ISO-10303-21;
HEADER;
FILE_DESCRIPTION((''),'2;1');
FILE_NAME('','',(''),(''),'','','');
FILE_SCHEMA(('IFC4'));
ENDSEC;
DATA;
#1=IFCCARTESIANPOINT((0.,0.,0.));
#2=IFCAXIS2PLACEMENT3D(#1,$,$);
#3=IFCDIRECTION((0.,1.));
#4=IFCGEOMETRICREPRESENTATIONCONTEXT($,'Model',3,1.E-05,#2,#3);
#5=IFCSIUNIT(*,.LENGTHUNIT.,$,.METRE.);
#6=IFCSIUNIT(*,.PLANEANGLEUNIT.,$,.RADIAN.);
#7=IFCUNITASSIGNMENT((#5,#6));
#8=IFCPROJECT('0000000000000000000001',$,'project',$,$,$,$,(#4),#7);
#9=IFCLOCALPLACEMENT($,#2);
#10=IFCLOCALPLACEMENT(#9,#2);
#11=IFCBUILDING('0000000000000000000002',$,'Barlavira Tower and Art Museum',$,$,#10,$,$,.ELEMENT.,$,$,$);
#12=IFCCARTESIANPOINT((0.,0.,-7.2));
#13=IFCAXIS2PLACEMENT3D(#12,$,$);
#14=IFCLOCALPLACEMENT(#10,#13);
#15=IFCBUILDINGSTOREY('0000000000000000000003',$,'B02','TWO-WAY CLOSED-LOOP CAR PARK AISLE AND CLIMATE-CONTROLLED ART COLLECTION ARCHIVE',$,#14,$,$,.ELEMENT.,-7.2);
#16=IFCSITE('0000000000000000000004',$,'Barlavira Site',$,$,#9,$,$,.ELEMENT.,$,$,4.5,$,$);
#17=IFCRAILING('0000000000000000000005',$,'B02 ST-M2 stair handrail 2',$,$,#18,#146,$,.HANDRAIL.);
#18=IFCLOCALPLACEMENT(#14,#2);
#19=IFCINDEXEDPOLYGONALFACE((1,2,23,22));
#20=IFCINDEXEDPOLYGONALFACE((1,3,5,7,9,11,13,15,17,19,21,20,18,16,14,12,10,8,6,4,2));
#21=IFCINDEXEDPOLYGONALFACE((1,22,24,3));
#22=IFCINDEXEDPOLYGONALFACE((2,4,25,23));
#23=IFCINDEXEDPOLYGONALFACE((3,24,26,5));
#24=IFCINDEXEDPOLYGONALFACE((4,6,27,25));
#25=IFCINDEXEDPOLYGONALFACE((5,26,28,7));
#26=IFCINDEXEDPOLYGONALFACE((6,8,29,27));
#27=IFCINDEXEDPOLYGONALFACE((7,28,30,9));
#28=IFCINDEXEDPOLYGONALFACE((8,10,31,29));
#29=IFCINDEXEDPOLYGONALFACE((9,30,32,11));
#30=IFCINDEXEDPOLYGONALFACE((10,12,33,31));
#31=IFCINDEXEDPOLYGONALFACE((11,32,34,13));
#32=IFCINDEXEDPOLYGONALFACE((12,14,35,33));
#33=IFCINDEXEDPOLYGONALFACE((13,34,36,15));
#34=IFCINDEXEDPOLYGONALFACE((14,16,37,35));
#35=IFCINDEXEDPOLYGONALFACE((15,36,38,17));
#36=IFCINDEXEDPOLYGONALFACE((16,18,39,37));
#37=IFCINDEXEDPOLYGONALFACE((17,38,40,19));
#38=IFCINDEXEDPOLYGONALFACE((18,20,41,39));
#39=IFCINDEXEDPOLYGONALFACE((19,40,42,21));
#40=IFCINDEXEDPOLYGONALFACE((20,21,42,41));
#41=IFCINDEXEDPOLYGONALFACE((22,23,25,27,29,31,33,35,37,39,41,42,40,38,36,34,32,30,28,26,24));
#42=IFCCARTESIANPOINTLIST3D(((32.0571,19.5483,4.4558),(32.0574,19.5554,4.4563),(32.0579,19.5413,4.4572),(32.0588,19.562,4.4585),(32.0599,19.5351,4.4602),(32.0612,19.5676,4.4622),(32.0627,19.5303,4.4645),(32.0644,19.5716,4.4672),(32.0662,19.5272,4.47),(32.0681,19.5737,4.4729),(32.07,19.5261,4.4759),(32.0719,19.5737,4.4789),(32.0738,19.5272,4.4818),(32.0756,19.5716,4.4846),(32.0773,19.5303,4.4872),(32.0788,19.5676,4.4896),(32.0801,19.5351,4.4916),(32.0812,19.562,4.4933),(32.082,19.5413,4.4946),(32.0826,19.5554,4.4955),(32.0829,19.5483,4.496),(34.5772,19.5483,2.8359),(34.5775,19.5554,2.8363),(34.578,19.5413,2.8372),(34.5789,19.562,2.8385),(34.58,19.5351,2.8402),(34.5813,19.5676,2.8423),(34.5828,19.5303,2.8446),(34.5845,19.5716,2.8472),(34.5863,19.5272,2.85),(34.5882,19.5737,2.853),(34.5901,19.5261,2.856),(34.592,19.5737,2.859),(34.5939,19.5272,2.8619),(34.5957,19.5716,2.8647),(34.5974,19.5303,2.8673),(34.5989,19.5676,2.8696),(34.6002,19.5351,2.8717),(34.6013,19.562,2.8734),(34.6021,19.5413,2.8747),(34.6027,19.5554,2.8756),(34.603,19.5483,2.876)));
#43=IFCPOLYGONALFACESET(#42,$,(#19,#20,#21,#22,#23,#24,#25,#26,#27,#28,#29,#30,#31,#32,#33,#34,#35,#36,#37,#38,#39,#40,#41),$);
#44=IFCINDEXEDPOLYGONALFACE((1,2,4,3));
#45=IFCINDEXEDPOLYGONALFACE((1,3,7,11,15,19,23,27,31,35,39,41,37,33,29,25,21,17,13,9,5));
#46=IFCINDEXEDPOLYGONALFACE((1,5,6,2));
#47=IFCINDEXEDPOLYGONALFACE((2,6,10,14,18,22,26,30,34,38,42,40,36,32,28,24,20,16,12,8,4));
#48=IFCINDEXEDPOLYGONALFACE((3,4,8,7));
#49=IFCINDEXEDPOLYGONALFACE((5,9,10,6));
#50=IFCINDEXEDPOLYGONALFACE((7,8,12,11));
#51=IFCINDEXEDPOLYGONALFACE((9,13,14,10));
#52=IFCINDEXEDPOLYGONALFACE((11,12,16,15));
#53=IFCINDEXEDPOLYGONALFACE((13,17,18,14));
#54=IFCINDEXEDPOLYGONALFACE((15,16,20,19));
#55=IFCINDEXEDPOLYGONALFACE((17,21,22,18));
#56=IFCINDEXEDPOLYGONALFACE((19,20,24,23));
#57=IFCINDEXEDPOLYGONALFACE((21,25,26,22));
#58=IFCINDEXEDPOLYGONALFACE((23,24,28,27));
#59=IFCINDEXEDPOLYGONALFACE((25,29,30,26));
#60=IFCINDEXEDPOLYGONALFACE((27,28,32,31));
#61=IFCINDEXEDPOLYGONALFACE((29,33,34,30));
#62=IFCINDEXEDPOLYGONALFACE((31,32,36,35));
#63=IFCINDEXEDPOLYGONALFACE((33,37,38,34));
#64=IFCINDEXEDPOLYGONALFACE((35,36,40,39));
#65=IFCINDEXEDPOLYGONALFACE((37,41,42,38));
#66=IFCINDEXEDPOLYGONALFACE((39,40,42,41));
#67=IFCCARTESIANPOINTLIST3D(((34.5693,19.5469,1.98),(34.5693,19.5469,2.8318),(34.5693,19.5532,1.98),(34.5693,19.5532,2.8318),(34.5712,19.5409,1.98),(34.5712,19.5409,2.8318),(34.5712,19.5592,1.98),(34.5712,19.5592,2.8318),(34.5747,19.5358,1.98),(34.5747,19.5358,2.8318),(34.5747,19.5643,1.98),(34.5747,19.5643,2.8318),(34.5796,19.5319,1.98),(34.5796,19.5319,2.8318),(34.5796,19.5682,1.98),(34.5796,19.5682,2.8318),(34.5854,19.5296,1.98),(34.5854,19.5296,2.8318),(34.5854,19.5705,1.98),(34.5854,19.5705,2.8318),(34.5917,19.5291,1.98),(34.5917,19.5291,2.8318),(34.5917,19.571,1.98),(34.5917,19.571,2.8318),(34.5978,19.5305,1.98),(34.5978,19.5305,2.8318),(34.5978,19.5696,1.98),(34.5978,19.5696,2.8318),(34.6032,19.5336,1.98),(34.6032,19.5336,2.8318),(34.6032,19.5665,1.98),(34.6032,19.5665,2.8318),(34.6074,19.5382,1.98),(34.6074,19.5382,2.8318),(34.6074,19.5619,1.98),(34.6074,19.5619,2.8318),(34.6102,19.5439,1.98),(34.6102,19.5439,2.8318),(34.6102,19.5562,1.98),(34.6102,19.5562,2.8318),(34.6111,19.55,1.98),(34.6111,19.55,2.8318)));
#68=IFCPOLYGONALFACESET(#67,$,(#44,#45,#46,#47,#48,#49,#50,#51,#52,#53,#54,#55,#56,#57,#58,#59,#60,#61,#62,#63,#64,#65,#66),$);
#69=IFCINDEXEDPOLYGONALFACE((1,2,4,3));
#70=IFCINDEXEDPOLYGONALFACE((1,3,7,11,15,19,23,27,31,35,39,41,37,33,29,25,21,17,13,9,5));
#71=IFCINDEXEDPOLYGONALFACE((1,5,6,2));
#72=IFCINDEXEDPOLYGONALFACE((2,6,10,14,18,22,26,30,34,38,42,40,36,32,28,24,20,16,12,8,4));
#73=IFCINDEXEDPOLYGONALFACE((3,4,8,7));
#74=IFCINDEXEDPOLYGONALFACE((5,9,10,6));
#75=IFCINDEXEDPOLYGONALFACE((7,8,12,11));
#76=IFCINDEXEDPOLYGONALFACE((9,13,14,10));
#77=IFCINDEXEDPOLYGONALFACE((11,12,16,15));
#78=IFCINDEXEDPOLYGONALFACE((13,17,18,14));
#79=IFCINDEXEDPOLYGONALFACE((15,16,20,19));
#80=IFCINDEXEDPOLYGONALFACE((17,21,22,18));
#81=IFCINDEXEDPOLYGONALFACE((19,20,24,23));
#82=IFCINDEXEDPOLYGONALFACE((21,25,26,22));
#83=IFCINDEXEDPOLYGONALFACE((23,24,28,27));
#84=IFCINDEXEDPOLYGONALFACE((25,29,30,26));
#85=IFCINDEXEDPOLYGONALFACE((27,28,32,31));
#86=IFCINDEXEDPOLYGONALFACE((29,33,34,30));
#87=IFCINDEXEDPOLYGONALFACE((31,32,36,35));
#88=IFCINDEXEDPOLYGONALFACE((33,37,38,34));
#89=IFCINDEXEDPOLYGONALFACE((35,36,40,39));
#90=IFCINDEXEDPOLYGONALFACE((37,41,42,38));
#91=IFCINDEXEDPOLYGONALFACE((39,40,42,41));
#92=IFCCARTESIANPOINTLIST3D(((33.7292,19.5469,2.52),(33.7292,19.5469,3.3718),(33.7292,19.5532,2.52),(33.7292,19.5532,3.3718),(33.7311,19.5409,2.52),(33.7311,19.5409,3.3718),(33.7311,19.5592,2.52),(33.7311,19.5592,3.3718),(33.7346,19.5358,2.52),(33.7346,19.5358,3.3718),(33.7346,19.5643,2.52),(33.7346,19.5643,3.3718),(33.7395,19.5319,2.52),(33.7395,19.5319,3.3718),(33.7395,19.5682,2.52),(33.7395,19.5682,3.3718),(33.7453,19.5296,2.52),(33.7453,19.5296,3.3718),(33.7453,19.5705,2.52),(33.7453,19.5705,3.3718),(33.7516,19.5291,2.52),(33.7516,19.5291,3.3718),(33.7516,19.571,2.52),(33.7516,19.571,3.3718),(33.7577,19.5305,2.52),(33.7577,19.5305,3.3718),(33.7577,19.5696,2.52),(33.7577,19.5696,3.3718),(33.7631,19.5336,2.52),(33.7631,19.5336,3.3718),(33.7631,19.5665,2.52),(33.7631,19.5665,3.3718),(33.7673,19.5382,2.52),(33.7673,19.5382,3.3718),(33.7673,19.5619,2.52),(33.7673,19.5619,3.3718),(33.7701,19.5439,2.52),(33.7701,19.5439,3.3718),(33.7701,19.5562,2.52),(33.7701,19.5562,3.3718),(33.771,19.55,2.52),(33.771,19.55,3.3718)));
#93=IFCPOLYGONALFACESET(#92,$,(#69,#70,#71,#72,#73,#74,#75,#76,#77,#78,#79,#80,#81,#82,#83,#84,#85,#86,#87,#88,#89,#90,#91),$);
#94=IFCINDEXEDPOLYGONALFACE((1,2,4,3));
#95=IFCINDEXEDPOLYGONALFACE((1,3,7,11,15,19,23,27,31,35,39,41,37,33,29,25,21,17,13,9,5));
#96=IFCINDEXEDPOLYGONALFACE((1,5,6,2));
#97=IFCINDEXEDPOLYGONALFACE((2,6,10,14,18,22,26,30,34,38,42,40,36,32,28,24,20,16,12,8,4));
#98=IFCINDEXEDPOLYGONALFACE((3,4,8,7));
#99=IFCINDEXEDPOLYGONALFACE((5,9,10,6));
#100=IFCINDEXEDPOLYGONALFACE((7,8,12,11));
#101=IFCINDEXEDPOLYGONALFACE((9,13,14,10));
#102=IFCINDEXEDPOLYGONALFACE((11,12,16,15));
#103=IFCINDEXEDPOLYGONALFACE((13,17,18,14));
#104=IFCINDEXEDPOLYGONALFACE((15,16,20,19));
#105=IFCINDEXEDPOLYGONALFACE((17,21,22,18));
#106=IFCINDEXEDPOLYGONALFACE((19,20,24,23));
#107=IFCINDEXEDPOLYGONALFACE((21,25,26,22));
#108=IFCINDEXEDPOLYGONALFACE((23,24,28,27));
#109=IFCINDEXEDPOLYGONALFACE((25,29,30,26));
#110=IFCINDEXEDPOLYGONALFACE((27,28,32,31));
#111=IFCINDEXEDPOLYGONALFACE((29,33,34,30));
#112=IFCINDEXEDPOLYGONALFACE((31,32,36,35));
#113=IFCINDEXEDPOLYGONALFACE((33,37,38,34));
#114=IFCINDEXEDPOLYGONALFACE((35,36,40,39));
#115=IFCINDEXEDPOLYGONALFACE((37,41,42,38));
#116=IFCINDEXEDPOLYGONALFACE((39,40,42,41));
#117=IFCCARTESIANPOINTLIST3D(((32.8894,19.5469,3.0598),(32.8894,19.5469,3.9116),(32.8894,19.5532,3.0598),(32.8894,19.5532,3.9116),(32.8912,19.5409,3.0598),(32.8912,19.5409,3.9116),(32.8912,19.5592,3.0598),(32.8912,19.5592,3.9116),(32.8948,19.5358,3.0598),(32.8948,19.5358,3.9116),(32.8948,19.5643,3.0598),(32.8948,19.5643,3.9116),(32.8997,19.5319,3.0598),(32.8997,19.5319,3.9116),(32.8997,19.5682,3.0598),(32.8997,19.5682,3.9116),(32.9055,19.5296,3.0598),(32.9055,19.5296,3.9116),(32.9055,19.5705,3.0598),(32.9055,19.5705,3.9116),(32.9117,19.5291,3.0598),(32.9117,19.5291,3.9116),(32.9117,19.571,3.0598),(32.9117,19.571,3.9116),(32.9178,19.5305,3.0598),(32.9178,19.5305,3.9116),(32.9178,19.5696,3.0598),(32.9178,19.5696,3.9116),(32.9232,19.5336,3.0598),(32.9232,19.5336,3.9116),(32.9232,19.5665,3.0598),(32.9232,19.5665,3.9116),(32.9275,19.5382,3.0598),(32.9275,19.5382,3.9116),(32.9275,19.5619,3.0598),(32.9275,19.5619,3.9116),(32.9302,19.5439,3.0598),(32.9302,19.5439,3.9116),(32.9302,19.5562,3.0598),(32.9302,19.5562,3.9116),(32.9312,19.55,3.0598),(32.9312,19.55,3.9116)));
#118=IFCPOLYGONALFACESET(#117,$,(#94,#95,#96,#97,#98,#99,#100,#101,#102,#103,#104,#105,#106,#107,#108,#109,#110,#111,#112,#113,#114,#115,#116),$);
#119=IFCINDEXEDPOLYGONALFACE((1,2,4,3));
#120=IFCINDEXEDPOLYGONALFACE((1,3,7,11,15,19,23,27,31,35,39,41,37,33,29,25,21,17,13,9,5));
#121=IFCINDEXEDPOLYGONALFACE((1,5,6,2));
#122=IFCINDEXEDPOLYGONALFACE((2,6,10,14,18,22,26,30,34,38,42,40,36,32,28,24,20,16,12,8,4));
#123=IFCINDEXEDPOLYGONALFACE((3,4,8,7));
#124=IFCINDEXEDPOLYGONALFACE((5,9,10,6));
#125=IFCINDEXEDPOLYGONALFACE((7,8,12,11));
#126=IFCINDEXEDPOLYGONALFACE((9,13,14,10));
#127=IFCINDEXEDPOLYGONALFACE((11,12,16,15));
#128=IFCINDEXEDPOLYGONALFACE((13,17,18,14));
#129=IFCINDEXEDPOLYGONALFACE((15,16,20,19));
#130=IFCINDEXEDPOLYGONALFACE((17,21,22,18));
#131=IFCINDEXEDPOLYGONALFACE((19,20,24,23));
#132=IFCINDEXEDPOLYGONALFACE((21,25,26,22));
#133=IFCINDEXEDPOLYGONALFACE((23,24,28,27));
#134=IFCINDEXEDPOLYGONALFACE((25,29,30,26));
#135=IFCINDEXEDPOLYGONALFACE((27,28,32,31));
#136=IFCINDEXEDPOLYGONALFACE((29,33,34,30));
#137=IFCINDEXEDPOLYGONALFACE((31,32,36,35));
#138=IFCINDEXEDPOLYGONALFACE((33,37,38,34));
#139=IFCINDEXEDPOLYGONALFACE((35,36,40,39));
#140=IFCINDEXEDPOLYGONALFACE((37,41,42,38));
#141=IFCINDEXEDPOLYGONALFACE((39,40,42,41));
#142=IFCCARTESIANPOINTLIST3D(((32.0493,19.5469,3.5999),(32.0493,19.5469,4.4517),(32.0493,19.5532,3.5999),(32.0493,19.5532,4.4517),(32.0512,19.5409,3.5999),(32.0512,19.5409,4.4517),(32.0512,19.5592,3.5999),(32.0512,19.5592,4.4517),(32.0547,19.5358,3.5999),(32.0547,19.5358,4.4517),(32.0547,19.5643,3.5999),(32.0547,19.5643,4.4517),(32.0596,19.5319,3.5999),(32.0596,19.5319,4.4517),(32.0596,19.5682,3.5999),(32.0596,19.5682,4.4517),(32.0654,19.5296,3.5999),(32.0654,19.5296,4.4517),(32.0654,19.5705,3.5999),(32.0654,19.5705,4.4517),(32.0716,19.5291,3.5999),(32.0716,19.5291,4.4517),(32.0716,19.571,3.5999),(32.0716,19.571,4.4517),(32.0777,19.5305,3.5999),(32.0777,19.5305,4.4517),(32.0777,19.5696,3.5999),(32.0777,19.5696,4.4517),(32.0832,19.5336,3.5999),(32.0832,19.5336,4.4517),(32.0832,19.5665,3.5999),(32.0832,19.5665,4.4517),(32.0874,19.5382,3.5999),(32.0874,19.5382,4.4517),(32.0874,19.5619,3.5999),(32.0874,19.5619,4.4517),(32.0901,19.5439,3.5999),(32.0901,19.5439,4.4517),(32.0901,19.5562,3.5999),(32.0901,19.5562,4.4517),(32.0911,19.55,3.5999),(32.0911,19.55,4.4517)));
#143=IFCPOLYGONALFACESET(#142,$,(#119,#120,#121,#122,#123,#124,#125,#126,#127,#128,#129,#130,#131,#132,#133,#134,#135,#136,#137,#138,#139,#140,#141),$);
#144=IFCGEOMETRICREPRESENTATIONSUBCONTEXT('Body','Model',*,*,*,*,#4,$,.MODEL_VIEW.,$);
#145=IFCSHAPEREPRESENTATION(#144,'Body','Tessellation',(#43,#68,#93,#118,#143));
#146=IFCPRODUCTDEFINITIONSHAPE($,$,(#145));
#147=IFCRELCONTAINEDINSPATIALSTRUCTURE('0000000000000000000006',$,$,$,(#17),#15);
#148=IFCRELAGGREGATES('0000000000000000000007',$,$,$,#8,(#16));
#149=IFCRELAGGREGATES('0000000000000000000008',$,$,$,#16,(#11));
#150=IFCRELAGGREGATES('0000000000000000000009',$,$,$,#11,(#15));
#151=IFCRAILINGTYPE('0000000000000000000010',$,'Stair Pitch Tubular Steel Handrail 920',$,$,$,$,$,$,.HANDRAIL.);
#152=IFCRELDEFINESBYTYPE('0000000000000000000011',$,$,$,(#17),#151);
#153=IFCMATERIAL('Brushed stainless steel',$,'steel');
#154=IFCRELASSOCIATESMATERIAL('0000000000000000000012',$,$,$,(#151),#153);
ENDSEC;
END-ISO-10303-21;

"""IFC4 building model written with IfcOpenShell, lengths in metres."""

from ifc_helpers import new_model, si_unit, direction, frame, origin, origin_2d, place, context, subcontext, project, spatial, circle, extrude, material, type_object, element, save


model = new_model("IFC4")

# Units and contexts
model_context = context("Model", 3, precision=1e-05, world=origin(), true_north=direction((0.0, 1.0)))
body_context = subcontext(model_context, "Body", "Model", "MODEL_VIEW")
ifc_project = project(units=[si_unit("LENGTHUNIT", "METRE"), si_unit("PLANEANGLEUNIT", "RADIAN")], contexts=[model_context])

# Site, building, storey
site_placement = place(None, origin())
site = spatial("IfcSite", under=ifc_project, at=site_placement, Name="Barlavira Site", CompositionType="ELEMENT", RefElevation=4.5)
building_placement = place(site_placement, origin())
building = spatial("IfcBuilding", under=site, at=building_placement, Name="Barlavira Tower and Art Museum", CompositionType="ELEMENT")
storey_placement = place(building_placement, frame((0.0, 0.0, -7.2)))
storey = spatial("IfcBuildingStorey", under=building, at=storey_placement, Name="B02", Description="TWO-WAY CLOSED-LOOP CAR PARK AISLE AND CLIMATE-CONTROLLED ART COLLECTION ARCHIVE", CompositionType="ELEMENT", Elevation=-7.2)

# Shared definitions
ifc_material_1 = material(Name="Brushed stainless steel", Category="steel")

# Railing
railing_type_1 = type_object("IfcRailingType", Name="Stair Pitch Tubular Steel Handrail 920", PredefinedType="HANDRAIL", material=ifc_material_1)
railing_1_placement = place(storey_placement, frame((34.5901, 19.55, 1.98)))
element("IfcRailing", 1, at=railing_1_placement, inside=storey, type_object=railing_type_1, Name="B02 ST-M2 stair handrail 2", PredefinedType="HANDRAIL", context=body_context, shape_type="SweptSolid", body=[
    extrude(circle(Radius=0.0239, at=origin_2d()), frame((0.0, 0.0, 0.876), z_axis=(-0.8412, 0.0, 0.540725), x_axis=(0.0, -1.0, 0.0)), (0.0, 0.0, 1.0), 2.9958),
    extrude(circle(Radius=0.021, at=origin_2d()), origin(), (0.0, 0.0, 1.0), 0.8518),
    extrude(circle(Radius=0.021, at=origin_2d()), frame((-0.8401, 0.0, 0.54)), (0.0, 0.0, 1.0), 0.8518),
    extrude(circle(Radius=0.021, at=origin_2d()), frame((-1.6799, 0.0, 1.0798)), (0.0, 0.0, 1.0), 0.8518),
    extrude(circle(Radius=0.021, at=origin_2d()), frame((-2.52, 0.0, 1.6199)), (0.0, 0.0, 1.0), 0.8518),
])

save(model, "model.ifc")
